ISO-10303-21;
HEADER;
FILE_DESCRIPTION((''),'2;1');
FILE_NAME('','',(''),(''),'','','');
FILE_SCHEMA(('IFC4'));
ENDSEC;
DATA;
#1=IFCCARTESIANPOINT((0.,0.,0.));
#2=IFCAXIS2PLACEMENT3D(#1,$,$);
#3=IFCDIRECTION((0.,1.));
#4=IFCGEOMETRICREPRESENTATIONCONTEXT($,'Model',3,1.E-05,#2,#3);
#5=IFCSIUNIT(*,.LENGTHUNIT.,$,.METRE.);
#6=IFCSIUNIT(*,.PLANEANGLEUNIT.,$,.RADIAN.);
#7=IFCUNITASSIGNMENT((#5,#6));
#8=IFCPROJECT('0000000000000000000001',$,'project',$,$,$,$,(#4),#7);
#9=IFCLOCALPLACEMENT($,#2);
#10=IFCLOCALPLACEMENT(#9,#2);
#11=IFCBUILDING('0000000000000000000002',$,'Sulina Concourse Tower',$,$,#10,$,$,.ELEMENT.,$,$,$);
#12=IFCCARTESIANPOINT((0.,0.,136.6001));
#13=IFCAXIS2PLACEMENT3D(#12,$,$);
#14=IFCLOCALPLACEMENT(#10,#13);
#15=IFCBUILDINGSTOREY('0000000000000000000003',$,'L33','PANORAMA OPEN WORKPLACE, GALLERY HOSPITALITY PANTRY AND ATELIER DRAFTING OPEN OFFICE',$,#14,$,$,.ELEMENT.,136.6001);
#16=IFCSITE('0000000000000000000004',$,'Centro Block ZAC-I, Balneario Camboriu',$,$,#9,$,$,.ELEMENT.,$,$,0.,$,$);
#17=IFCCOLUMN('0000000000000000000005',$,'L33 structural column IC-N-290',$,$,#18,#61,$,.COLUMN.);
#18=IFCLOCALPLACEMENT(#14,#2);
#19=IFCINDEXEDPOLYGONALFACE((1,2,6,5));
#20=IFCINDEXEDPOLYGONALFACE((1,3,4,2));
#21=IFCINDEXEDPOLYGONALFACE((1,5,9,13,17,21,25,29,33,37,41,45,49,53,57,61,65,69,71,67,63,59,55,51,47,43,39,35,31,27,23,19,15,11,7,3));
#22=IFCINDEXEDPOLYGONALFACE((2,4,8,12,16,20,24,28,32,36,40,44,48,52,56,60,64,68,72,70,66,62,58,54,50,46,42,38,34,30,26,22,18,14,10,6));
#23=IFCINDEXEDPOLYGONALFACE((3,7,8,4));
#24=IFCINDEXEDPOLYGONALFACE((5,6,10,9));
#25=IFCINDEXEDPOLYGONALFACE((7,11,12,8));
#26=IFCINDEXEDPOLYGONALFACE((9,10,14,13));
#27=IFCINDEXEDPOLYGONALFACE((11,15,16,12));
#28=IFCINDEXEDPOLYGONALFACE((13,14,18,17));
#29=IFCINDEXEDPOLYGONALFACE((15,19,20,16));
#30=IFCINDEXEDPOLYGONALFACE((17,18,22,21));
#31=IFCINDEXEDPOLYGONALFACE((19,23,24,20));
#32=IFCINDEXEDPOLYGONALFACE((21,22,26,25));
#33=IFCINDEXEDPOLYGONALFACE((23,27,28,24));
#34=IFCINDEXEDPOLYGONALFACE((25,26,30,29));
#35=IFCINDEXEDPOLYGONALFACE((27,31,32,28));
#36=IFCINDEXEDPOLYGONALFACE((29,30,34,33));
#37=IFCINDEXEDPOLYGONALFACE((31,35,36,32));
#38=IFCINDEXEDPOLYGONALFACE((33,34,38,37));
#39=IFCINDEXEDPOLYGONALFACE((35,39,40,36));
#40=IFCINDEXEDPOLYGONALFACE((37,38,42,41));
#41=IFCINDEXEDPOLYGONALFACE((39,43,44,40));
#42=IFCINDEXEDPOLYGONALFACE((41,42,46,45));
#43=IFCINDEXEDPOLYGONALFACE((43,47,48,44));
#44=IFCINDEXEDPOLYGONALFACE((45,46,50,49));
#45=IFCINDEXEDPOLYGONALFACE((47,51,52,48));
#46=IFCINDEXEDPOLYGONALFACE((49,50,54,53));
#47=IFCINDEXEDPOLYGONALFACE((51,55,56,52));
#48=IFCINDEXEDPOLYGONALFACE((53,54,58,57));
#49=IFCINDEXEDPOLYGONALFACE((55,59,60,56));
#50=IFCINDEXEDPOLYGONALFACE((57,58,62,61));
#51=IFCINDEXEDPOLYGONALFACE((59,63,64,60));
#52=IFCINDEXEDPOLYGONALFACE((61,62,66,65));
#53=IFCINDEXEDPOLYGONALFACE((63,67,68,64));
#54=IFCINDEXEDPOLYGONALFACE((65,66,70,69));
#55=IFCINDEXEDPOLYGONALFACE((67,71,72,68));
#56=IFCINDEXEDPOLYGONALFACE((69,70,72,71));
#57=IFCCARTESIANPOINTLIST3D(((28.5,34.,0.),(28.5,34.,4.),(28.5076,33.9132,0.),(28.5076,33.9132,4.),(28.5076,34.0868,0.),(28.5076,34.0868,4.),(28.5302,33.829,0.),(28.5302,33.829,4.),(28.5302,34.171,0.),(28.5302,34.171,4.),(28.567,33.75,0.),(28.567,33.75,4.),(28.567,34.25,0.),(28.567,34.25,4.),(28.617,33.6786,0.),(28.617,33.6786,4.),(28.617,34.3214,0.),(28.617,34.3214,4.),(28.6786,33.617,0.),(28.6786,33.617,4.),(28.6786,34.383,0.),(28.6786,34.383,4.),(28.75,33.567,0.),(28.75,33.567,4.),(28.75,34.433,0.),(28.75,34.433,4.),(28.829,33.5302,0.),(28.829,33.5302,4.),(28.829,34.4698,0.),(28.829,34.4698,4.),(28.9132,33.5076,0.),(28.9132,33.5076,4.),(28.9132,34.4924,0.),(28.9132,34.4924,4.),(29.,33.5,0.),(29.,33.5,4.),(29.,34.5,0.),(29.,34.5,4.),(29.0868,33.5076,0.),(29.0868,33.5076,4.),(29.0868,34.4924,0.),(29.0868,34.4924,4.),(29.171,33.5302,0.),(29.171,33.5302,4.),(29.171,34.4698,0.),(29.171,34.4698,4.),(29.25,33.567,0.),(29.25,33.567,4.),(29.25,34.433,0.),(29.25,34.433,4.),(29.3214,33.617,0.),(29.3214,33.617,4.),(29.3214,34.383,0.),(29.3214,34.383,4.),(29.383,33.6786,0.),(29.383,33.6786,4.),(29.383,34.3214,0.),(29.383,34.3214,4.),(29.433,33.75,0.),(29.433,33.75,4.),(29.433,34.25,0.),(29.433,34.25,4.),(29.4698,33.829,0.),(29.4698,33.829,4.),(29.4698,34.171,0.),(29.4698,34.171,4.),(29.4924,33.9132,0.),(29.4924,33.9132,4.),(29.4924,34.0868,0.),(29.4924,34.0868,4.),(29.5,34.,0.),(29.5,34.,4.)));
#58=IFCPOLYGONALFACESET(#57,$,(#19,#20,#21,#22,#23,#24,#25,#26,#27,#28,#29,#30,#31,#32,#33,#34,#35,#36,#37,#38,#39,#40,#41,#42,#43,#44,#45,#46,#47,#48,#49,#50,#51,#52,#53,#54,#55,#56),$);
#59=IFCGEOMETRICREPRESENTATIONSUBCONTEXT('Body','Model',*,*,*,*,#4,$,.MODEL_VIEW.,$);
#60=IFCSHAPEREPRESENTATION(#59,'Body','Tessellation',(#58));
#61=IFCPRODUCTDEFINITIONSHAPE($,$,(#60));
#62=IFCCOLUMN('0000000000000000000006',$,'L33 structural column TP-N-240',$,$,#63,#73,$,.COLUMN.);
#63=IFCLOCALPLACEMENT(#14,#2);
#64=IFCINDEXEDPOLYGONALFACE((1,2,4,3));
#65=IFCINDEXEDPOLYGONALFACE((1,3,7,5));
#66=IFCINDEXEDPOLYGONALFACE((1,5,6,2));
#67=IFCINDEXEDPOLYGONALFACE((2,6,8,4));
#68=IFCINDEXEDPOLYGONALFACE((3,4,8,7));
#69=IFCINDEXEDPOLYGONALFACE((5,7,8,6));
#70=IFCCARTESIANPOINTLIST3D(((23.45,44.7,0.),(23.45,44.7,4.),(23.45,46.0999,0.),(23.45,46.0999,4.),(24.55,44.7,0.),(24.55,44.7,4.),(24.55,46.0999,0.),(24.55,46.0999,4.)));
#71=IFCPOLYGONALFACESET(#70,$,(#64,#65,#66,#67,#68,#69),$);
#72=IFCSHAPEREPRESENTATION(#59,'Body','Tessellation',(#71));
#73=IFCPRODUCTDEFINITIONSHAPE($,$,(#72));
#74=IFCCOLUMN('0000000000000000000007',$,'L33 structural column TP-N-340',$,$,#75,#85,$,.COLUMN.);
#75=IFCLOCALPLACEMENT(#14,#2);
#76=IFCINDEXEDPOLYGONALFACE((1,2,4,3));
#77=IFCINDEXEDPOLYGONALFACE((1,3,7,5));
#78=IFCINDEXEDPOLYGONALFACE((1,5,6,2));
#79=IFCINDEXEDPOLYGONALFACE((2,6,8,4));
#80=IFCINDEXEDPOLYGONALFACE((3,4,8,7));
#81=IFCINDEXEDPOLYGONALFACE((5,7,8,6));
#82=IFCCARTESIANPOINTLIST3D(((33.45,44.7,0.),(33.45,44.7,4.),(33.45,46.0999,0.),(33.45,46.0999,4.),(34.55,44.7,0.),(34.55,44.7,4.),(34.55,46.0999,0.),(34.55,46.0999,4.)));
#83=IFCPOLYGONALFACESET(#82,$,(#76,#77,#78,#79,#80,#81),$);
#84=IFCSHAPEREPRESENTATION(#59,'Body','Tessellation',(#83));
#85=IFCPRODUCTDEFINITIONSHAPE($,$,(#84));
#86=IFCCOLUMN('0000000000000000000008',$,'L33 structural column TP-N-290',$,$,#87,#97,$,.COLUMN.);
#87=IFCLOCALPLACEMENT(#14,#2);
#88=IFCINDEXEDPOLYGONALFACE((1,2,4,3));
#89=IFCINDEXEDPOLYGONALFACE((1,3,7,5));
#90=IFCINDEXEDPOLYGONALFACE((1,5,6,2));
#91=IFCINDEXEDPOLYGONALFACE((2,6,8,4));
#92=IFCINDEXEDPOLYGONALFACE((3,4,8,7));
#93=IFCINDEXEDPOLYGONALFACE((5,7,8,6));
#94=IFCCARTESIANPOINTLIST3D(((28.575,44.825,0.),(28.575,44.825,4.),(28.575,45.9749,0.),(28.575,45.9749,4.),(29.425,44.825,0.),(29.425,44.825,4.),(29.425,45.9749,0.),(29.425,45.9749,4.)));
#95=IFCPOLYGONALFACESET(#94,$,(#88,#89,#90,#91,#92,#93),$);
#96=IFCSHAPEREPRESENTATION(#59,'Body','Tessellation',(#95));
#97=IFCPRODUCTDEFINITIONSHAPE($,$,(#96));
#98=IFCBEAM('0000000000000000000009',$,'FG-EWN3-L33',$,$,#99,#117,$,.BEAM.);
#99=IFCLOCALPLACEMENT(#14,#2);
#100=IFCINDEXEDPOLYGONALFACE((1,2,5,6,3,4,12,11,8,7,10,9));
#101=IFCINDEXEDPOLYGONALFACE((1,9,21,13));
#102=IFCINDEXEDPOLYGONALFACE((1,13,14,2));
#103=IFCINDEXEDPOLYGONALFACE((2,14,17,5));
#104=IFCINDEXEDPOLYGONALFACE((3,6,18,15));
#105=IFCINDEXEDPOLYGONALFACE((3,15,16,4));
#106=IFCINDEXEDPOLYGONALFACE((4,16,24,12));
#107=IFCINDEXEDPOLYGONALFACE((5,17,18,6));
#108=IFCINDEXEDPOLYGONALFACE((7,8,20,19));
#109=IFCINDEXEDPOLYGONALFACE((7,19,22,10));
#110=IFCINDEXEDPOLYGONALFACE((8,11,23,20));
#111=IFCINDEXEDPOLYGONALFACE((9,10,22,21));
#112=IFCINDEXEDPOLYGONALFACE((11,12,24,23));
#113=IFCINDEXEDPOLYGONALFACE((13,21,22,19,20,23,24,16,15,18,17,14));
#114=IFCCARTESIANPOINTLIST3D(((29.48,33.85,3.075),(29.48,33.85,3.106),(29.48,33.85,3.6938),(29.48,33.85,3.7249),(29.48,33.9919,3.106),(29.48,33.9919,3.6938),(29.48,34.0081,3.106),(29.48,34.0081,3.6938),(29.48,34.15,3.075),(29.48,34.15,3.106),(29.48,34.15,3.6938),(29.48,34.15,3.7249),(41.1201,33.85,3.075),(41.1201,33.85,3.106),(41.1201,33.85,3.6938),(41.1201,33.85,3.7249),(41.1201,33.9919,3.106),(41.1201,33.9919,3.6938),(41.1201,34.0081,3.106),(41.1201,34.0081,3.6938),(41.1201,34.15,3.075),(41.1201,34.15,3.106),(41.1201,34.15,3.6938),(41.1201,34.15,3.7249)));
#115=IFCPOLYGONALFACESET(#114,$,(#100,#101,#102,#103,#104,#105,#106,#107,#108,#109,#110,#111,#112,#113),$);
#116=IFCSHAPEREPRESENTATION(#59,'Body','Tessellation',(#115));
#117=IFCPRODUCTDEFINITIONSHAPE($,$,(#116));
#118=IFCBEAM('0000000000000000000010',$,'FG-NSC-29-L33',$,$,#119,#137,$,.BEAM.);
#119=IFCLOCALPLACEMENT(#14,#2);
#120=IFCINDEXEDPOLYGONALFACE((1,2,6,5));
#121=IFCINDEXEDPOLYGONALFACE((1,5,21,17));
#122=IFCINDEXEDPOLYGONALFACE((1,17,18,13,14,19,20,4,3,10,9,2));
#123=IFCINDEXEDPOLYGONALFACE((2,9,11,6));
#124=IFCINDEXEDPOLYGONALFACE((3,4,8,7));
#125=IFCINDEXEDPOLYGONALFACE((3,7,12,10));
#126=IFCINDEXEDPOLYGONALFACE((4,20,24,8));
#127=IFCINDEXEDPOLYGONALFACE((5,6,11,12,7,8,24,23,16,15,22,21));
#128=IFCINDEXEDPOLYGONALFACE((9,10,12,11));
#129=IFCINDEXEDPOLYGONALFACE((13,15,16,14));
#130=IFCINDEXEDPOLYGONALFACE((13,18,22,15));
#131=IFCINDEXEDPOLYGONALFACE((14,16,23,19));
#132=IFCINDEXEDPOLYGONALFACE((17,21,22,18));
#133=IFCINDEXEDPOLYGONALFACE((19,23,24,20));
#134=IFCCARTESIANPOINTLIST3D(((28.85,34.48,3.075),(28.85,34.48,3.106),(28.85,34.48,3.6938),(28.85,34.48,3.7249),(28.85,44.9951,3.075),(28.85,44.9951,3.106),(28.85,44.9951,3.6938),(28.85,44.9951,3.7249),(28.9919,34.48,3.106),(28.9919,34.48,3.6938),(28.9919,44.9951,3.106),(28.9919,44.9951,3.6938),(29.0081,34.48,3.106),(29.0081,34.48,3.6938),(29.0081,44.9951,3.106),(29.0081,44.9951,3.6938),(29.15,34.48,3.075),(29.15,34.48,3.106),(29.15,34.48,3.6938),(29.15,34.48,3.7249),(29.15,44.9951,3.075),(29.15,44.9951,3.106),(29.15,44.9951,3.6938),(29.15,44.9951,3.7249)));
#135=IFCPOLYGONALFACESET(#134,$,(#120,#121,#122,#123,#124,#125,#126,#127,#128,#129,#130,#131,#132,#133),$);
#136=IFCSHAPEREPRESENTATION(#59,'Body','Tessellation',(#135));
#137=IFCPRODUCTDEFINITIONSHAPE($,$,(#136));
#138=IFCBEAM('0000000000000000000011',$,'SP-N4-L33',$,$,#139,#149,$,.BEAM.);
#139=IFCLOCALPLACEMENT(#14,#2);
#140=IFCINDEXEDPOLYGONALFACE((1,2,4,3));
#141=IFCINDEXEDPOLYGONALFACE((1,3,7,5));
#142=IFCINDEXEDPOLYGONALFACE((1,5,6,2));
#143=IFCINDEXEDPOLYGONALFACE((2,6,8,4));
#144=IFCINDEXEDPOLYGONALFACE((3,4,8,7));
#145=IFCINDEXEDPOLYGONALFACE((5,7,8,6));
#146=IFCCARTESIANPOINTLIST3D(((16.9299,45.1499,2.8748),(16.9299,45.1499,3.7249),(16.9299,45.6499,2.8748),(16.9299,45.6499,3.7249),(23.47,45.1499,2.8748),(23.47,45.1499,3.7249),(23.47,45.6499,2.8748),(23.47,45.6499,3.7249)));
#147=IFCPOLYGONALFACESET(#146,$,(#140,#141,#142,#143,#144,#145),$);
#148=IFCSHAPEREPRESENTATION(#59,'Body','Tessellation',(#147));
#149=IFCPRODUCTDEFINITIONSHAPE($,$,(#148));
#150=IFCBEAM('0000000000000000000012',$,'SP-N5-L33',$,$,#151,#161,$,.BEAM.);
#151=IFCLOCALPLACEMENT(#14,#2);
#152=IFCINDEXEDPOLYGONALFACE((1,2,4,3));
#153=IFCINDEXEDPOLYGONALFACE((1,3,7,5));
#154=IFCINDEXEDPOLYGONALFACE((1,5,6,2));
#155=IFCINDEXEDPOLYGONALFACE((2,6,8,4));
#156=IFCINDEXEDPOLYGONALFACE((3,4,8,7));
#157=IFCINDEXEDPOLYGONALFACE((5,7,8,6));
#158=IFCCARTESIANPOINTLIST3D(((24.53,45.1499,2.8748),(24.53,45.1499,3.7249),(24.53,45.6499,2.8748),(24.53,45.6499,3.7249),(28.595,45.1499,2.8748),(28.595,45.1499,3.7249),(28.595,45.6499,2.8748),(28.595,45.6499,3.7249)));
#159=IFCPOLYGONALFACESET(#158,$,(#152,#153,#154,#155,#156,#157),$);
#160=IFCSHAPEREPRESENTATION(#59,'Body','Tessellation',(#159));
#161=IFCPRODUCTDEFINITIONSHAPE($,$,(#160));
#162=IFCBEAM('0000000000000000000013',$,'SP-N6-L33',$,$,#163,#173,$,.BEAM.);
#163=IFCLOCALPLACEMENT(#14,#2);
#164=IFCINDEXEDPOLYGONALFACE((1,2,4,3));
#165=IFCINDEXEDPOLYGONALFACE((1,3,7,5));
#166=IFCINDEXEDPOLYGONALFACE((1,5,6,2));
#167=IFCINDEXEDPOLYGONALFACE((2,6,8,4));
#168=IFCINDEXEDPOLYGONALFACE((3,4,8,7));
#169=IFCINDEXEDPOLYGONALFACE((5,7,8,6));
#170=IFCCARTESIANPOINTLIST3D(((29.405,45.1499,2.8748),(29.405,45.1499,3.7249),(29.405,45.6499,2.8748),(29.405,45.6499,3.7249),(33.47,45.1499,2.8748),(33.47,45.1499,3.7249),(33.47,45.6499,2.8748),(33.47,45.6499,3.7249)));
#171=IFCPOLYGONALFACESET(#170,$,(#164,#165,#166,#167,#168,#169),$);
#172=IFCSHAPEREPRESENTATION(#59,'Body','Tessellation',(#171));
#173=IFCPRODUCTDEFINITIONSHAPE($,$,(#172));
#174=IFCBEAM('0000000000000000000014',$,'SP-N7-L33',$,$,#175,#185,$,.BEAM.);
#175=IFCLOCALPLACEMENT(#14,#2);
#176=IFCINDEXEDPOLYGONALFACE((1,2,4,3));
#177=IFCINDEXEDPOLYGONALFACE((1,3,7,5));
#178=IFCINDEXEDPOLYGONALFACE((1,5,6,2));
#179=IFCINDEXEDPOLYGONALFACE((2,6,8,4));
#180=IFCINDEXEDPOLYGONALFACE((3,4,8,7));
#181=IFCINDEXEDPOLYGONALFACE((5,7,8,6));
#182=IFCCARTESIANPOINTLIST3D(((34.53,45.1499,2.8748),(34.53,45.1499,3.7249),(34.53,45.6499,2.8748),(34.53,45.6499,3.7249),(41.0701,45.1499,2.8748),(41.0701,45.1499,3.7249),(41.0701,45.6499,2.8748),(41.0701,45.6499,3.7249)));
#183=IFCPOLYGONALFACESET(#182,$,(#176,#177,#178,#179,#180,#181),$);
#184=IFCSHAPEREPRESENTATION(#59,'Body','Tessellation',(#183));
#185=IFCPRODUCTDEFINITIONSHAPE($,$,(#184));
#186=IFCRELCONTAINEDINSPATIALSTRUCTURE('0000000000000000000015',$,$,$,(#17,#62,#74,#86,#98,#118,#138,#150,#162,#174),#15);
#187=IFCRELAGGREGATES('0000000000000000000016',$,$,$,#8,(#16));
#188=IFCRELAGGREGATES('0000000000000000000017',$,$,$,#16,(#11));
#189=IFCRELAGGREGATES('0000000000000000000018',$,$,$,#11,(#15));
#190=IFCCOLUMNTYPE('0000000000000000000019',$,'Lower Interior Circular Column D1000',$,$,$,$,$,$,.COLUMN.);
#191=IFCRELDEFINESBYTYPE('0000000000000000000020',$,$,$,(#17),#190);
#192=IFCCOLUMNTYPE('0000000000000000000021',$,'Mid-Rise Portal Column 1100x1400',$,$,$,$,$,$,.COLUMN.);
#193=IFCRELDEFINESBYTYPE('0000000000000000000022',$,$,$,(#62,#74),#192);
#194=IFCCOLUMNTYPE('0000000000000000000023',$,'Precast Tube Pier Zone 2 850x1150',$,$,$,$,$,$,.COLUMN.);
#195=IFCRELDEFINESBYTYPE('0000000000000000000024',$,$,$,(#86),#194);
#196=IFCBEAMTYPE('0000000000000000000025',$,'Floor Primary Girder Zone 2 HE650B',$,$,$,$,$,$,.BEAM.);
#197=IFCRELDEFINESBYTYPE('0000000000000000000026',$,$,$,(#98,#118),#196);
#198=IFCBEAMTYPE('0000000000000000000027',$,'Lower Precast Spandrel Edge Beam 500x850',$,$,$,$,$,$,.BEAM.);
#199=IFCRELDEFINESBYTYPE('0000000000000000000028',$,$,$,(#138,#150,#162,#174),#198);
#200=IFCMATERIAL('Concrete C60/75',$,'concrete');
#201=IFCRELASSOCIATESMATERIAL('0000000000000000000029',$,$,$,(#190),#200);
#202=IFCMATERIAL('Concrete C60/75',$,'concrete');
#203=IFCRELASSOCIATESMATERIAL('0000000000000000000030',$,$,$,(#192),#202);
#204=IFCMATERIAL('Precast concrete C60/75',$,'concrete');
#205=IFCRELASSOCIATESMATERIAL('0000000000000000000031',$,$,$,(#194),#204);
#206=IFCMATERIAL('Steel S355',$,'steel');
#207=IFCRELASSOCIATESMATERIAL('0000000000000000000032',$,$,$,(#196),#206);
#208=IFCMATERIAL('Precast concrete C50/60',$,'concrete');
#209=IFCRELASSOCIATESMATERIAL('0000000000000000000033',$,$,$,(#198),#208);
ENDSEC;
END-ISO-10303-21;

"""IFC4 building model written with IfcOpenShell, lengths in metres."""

from ifc_helpers import new_model, si_unit, direction, frame, origin, origin_2d, place, context, subcontext, project, spatial, rectangle, circle, i_section, extrude, material, material_profile, profile_set, type_object, element, save


model = new_model("IFC4")

# Units and contexts
model_context = context("Model", 3, precision=1e-05, world=origin(), true_north=direction((0.0, 1.0)))
body_context = subcontext(model_context, "Body", "Model", "MODEL_VIEW")
ifc_project = project(units=[si_unit("LENGTHUNIT", "METRE"), si_unit("PLANEANGLEUNIT", "RADIAN")], contexts=[model_context])

# Site, building, storey
site_placement = place(None, origin())
site = spatial("IfcSite", under=ifc_project, at=site_placement, Name="Centro Block ZAC-I, Balneario Camboriu", CompositionType="ELEMENT", RefElevation=0.0)
building_placement = place(site_placement, origin())
building = spatial("IfcBuilding", under=site, at=building_placement, Name="Sulina Concourse Tower", CompositionType="ELEMENT")
storey_placement = place(building_placement, frame((0.0, 0.0, 136.6001)))
storey = spatial("IfcBuildingStorey", under=building, at=storey_placement, Name="L33", Description="PANORAMA OPEN WORKPLACE, GALLERY HOSPITALITY PANTRY AND ATELIER DRAFTING OPEN OFFICE", CompositionType="ELEMENT", Elevation=136.6001)

# Columns
ifc_material_1 = material(Name="Concrete C60/75", Category="concrete")
ifc_material_profile_1 = material_profile(ifc_material_1, circle(Radius=0.5, at=origin_2d()), Name="RC D1000")
ifc_profile_set_1 = profile_set([ifc_material_profile_1], Name="Concrete C60/75")
column_type_1 = type_object("IfcColumnType", Name="Lower Interior Circular Column D1000", PredefinedType="COLUMN", material=ifc_profile_set_1)
column_1_placement = place(storey_placement, frame((29.0, 34.0, 0.0), z_axis=(0.0, 0.0, 1.0), x_axis=(1.0, 0.0, 0.0)))
element("IfcColumn", 1, at=column_1_placement, inside=storey, type_object=column_type_1, Name="L33 structural column IC-N-290", PredefinedType="COLUMN", context=body_context, shape_type="SweptSolid", body=[
    extrude(circle(Radius=0.5, at=origin_2d()), origin(), (0.0, 0.0, 1.0), 4.0),
])
ifc_material_2 = material(Name="Concrete C60/75", Category="concrete")
ifc_material_profile_2 = material_profile(ifc_material_2, rectangle(XDim=1.1001, YDim=1.3999, at=origin_2d()), Name="RC 1100x1400")
ifc_profile_set_2 = profile_set([ifc_material_profile_2], Name="Concrete C60/75")
column_type_2 = type_object("IfcColumnType", Name="Mid-Rise Portal Column 1100x1400", PredefinedType="COLUMN", material=ifc_profile_set_2)
for number, where, z_axis, x_axis, name in (
    (2, (24.0, 45.3999, 0.0), (0.0, 0.0, 1.0), (1.0, 0.0, 0.0), "L33 structural column TP-N-240"),
    (3, (34.0, 45.3999, 0.0), (0.0, 0.0, 1.0), (1.0, 0.0, 0.0), "L33 structural column TP-N-340"),
):
    element("IfcColumn", number, at=place(storey_placement, frame(where, z_axis=z_axis, x_axis=x_axis)), inside=storey, type_object=column_type_2, Name=name, PredefinedType="COLUMN", context=body_context, shape_type="SweptSolid", body=[
        extrude(rectangle(XDim=1.1001, YDim=1.3999, at=origin_2d()), origin(), (0.0, 0.0, 1.0), 4.0),
    ])
ifc_material_3 = material(Name="Precast concrete C60/75", Category="concrete")
ifc_material_profile_3 = material_profile(ifc_material_3, rectangle(XDim=0.8501, YDim=1.1499, at=origin_2d()), Name="PC 850x1150")
ifc_profile_set_3 = profile_set([ifc_material_profile_3], Name="Precast concrete C60/75")
column_type_3 = type_object("IfcColumnType", Name="Precast Tube Pier Zone 2 850x1150", PredefinedType="COLUMN", material=ifc_profile_set_3)
column_2_placement = place(storey_placement, frame((29.0, 45.3999, 0.0), z_axis=(0.0, 0.0, 1.0), x_axis=(1.0, 0.0, 0.0)))
element("IfcColumn", 4, at=column_2_placement, inside=storey, type_object=column_type_3, Name="L33 structural column TP-N-290", PredefinedType="COLUMN", context=body_context, shape_type="SweptSolid", body=[
    extrude(rectangle(XDim=0.8501, YDim=1.1499, at=origin_2d()), origin(), (0.0, 0.0, 1.0), 4.0),
])

# Beams
ifc_material_4 = material(Name="Steel S355", Category="steel")
ifc_material_profile_4 = material_profile(ifc_material_4, i_section(OverallWidth=0.3, OverallDepth=0.6499, WebThickness=0.0161, FlangeThickness=0.031, at=origin_2d()), Name="HE 650 B")
ifc_profile_set_4 = profile_set([ifc_material_profile_4], Name="Steel S355")
beam_type_1 = type_object("IfcBeamType", Name="Floor Primary Girder Zone 2 HE650B", PredefinedType="BEAM", material=ifc_profile_set_4)
beam_1_placement = place(storey_placement, frame((29.48, 34.0, 3.3999), z_axis=(1.0, 0.0, 0.0), x_axis=(0.0, 1.0, 0.0)))
element("IfcBeam", 5, at=beam_1_placement, inside=storey, type_object=beam_type_1, Name="FG-EWN3-L33", PredefinedType="BEAM", context=body_context, shape_type="SweptSolid", body=[
    extrude(i_section(OverallWidth=0.3, OverallDepth=0.6499, WebThickness=0.0161, FlangeThickness=0.031, at=origin_2d()), origin(), (0.0, 0.0, 1.0), 11.6401),
])
beam_2_placement = place(storey_placement, frame((29.0, 34.48, 3.3999), z_axis=(0.0, 1.0, 0.0), x_axis=(-1.0, 0.0, 0.0)))
element("IfcBeam", 6, at=beam_2_placement, inside=storey, type_object=beam_type_1, Name="FG-NSC-29-L33", PredefinedType="BEAM", context=body_context, shape_type="SweptSolid", body=[
    extrude(i_section(OverallWidth=0.3, OverallDepth=0.6499, WebThickness=0.0161, FlangeThickness=0.031, at=origin_2d()), origin(), (0.0, 0.0, 1.0), 10.5151),
])
ifc_material_5 = material(Name="Precast concrete C50/60", Category="concrete")
ifc_material_profile_5 = material_profile(ifc_material_5, rectangle(XDim=0.5, YDim=0.8501, at=origin_2d()), Name="RC 500x850")
ifc_profile_set_5 = profile_set([ifc_material_profile_5], Name="Precast concrete C50/60")
beam_type_2 = type_object("IfcBeamType", Name="Lower Precast Spandrel Edge Beam 500x850", PredefinedType="BEAM", material=ifc_profile_set_5)
beam_3_placement = place(storey_placement, frame((16.9299, 45.3999, 3.2998), z_axis=(1.0, 0.0, 0.0), x_axis=(0.0, 1.0, 0.0)))
element("IfcBeam", 7, at=beam_3_placement, inside=storey, type_object=beam_type_2, Name="SP-N4-L33", PredefinedType="BEAM", context=body_context, shape_type="SweptSolid", body=[
    extrude(rectangle(XDim=0.5, YDim=0.8501, at=origin_2d()), origin(), (0.0, 0.0, 1.0), 6.54),
])
for number, where, z_axis, x_axis, name in (
    (8, (24.53, 45.3999, 3.2998), (1.0, 0.0, 0.0), (0.0, 1.0, 0.0), "SP-N5-L33"),
    (9, (29.405, 45.3999, 3.2998), (1.0, 0.0, 0.0), (0.0, 1.0, 0.0), "SP-N6-L33"),
):
    element("IfcBeam", number, at=place(storey_placement, frame(where, z_axis=z_axis, x_axis=x_axis)), inside=storey, type_object=beam_type_2, Name=name, PredefinedType="BEAM", context=body_context, shape_type="SweptSolid", body=[
        extrude(rectangle(XDim=0.5, YDim=0.8501, at=origin_2d()), origin(), (0.0, 0.0, 1.0), 4.0649),
    ])
beam_4_placement = place(storey_placement, frame((34.53, 45.3999, 3.2998), z_axis=(1.0, 0.0, 0.0), x_axis=(0.0, 1.0, 0.0)))
element("IfcBeam", 10, at=beam_4_placement, inside=storey, type_object=beam_type_2, Name="SP-N7-L33", PredefinedType="BEAM", context=body_context, shape_type="SweptSolid", body=[
    extrude(rectangle(XDim=0.5, YDim=0.8501, at=origin_2d()), origin(), (0.0, 0.0, 1.0), 6.54),
])

save(model, "model.ifc")
